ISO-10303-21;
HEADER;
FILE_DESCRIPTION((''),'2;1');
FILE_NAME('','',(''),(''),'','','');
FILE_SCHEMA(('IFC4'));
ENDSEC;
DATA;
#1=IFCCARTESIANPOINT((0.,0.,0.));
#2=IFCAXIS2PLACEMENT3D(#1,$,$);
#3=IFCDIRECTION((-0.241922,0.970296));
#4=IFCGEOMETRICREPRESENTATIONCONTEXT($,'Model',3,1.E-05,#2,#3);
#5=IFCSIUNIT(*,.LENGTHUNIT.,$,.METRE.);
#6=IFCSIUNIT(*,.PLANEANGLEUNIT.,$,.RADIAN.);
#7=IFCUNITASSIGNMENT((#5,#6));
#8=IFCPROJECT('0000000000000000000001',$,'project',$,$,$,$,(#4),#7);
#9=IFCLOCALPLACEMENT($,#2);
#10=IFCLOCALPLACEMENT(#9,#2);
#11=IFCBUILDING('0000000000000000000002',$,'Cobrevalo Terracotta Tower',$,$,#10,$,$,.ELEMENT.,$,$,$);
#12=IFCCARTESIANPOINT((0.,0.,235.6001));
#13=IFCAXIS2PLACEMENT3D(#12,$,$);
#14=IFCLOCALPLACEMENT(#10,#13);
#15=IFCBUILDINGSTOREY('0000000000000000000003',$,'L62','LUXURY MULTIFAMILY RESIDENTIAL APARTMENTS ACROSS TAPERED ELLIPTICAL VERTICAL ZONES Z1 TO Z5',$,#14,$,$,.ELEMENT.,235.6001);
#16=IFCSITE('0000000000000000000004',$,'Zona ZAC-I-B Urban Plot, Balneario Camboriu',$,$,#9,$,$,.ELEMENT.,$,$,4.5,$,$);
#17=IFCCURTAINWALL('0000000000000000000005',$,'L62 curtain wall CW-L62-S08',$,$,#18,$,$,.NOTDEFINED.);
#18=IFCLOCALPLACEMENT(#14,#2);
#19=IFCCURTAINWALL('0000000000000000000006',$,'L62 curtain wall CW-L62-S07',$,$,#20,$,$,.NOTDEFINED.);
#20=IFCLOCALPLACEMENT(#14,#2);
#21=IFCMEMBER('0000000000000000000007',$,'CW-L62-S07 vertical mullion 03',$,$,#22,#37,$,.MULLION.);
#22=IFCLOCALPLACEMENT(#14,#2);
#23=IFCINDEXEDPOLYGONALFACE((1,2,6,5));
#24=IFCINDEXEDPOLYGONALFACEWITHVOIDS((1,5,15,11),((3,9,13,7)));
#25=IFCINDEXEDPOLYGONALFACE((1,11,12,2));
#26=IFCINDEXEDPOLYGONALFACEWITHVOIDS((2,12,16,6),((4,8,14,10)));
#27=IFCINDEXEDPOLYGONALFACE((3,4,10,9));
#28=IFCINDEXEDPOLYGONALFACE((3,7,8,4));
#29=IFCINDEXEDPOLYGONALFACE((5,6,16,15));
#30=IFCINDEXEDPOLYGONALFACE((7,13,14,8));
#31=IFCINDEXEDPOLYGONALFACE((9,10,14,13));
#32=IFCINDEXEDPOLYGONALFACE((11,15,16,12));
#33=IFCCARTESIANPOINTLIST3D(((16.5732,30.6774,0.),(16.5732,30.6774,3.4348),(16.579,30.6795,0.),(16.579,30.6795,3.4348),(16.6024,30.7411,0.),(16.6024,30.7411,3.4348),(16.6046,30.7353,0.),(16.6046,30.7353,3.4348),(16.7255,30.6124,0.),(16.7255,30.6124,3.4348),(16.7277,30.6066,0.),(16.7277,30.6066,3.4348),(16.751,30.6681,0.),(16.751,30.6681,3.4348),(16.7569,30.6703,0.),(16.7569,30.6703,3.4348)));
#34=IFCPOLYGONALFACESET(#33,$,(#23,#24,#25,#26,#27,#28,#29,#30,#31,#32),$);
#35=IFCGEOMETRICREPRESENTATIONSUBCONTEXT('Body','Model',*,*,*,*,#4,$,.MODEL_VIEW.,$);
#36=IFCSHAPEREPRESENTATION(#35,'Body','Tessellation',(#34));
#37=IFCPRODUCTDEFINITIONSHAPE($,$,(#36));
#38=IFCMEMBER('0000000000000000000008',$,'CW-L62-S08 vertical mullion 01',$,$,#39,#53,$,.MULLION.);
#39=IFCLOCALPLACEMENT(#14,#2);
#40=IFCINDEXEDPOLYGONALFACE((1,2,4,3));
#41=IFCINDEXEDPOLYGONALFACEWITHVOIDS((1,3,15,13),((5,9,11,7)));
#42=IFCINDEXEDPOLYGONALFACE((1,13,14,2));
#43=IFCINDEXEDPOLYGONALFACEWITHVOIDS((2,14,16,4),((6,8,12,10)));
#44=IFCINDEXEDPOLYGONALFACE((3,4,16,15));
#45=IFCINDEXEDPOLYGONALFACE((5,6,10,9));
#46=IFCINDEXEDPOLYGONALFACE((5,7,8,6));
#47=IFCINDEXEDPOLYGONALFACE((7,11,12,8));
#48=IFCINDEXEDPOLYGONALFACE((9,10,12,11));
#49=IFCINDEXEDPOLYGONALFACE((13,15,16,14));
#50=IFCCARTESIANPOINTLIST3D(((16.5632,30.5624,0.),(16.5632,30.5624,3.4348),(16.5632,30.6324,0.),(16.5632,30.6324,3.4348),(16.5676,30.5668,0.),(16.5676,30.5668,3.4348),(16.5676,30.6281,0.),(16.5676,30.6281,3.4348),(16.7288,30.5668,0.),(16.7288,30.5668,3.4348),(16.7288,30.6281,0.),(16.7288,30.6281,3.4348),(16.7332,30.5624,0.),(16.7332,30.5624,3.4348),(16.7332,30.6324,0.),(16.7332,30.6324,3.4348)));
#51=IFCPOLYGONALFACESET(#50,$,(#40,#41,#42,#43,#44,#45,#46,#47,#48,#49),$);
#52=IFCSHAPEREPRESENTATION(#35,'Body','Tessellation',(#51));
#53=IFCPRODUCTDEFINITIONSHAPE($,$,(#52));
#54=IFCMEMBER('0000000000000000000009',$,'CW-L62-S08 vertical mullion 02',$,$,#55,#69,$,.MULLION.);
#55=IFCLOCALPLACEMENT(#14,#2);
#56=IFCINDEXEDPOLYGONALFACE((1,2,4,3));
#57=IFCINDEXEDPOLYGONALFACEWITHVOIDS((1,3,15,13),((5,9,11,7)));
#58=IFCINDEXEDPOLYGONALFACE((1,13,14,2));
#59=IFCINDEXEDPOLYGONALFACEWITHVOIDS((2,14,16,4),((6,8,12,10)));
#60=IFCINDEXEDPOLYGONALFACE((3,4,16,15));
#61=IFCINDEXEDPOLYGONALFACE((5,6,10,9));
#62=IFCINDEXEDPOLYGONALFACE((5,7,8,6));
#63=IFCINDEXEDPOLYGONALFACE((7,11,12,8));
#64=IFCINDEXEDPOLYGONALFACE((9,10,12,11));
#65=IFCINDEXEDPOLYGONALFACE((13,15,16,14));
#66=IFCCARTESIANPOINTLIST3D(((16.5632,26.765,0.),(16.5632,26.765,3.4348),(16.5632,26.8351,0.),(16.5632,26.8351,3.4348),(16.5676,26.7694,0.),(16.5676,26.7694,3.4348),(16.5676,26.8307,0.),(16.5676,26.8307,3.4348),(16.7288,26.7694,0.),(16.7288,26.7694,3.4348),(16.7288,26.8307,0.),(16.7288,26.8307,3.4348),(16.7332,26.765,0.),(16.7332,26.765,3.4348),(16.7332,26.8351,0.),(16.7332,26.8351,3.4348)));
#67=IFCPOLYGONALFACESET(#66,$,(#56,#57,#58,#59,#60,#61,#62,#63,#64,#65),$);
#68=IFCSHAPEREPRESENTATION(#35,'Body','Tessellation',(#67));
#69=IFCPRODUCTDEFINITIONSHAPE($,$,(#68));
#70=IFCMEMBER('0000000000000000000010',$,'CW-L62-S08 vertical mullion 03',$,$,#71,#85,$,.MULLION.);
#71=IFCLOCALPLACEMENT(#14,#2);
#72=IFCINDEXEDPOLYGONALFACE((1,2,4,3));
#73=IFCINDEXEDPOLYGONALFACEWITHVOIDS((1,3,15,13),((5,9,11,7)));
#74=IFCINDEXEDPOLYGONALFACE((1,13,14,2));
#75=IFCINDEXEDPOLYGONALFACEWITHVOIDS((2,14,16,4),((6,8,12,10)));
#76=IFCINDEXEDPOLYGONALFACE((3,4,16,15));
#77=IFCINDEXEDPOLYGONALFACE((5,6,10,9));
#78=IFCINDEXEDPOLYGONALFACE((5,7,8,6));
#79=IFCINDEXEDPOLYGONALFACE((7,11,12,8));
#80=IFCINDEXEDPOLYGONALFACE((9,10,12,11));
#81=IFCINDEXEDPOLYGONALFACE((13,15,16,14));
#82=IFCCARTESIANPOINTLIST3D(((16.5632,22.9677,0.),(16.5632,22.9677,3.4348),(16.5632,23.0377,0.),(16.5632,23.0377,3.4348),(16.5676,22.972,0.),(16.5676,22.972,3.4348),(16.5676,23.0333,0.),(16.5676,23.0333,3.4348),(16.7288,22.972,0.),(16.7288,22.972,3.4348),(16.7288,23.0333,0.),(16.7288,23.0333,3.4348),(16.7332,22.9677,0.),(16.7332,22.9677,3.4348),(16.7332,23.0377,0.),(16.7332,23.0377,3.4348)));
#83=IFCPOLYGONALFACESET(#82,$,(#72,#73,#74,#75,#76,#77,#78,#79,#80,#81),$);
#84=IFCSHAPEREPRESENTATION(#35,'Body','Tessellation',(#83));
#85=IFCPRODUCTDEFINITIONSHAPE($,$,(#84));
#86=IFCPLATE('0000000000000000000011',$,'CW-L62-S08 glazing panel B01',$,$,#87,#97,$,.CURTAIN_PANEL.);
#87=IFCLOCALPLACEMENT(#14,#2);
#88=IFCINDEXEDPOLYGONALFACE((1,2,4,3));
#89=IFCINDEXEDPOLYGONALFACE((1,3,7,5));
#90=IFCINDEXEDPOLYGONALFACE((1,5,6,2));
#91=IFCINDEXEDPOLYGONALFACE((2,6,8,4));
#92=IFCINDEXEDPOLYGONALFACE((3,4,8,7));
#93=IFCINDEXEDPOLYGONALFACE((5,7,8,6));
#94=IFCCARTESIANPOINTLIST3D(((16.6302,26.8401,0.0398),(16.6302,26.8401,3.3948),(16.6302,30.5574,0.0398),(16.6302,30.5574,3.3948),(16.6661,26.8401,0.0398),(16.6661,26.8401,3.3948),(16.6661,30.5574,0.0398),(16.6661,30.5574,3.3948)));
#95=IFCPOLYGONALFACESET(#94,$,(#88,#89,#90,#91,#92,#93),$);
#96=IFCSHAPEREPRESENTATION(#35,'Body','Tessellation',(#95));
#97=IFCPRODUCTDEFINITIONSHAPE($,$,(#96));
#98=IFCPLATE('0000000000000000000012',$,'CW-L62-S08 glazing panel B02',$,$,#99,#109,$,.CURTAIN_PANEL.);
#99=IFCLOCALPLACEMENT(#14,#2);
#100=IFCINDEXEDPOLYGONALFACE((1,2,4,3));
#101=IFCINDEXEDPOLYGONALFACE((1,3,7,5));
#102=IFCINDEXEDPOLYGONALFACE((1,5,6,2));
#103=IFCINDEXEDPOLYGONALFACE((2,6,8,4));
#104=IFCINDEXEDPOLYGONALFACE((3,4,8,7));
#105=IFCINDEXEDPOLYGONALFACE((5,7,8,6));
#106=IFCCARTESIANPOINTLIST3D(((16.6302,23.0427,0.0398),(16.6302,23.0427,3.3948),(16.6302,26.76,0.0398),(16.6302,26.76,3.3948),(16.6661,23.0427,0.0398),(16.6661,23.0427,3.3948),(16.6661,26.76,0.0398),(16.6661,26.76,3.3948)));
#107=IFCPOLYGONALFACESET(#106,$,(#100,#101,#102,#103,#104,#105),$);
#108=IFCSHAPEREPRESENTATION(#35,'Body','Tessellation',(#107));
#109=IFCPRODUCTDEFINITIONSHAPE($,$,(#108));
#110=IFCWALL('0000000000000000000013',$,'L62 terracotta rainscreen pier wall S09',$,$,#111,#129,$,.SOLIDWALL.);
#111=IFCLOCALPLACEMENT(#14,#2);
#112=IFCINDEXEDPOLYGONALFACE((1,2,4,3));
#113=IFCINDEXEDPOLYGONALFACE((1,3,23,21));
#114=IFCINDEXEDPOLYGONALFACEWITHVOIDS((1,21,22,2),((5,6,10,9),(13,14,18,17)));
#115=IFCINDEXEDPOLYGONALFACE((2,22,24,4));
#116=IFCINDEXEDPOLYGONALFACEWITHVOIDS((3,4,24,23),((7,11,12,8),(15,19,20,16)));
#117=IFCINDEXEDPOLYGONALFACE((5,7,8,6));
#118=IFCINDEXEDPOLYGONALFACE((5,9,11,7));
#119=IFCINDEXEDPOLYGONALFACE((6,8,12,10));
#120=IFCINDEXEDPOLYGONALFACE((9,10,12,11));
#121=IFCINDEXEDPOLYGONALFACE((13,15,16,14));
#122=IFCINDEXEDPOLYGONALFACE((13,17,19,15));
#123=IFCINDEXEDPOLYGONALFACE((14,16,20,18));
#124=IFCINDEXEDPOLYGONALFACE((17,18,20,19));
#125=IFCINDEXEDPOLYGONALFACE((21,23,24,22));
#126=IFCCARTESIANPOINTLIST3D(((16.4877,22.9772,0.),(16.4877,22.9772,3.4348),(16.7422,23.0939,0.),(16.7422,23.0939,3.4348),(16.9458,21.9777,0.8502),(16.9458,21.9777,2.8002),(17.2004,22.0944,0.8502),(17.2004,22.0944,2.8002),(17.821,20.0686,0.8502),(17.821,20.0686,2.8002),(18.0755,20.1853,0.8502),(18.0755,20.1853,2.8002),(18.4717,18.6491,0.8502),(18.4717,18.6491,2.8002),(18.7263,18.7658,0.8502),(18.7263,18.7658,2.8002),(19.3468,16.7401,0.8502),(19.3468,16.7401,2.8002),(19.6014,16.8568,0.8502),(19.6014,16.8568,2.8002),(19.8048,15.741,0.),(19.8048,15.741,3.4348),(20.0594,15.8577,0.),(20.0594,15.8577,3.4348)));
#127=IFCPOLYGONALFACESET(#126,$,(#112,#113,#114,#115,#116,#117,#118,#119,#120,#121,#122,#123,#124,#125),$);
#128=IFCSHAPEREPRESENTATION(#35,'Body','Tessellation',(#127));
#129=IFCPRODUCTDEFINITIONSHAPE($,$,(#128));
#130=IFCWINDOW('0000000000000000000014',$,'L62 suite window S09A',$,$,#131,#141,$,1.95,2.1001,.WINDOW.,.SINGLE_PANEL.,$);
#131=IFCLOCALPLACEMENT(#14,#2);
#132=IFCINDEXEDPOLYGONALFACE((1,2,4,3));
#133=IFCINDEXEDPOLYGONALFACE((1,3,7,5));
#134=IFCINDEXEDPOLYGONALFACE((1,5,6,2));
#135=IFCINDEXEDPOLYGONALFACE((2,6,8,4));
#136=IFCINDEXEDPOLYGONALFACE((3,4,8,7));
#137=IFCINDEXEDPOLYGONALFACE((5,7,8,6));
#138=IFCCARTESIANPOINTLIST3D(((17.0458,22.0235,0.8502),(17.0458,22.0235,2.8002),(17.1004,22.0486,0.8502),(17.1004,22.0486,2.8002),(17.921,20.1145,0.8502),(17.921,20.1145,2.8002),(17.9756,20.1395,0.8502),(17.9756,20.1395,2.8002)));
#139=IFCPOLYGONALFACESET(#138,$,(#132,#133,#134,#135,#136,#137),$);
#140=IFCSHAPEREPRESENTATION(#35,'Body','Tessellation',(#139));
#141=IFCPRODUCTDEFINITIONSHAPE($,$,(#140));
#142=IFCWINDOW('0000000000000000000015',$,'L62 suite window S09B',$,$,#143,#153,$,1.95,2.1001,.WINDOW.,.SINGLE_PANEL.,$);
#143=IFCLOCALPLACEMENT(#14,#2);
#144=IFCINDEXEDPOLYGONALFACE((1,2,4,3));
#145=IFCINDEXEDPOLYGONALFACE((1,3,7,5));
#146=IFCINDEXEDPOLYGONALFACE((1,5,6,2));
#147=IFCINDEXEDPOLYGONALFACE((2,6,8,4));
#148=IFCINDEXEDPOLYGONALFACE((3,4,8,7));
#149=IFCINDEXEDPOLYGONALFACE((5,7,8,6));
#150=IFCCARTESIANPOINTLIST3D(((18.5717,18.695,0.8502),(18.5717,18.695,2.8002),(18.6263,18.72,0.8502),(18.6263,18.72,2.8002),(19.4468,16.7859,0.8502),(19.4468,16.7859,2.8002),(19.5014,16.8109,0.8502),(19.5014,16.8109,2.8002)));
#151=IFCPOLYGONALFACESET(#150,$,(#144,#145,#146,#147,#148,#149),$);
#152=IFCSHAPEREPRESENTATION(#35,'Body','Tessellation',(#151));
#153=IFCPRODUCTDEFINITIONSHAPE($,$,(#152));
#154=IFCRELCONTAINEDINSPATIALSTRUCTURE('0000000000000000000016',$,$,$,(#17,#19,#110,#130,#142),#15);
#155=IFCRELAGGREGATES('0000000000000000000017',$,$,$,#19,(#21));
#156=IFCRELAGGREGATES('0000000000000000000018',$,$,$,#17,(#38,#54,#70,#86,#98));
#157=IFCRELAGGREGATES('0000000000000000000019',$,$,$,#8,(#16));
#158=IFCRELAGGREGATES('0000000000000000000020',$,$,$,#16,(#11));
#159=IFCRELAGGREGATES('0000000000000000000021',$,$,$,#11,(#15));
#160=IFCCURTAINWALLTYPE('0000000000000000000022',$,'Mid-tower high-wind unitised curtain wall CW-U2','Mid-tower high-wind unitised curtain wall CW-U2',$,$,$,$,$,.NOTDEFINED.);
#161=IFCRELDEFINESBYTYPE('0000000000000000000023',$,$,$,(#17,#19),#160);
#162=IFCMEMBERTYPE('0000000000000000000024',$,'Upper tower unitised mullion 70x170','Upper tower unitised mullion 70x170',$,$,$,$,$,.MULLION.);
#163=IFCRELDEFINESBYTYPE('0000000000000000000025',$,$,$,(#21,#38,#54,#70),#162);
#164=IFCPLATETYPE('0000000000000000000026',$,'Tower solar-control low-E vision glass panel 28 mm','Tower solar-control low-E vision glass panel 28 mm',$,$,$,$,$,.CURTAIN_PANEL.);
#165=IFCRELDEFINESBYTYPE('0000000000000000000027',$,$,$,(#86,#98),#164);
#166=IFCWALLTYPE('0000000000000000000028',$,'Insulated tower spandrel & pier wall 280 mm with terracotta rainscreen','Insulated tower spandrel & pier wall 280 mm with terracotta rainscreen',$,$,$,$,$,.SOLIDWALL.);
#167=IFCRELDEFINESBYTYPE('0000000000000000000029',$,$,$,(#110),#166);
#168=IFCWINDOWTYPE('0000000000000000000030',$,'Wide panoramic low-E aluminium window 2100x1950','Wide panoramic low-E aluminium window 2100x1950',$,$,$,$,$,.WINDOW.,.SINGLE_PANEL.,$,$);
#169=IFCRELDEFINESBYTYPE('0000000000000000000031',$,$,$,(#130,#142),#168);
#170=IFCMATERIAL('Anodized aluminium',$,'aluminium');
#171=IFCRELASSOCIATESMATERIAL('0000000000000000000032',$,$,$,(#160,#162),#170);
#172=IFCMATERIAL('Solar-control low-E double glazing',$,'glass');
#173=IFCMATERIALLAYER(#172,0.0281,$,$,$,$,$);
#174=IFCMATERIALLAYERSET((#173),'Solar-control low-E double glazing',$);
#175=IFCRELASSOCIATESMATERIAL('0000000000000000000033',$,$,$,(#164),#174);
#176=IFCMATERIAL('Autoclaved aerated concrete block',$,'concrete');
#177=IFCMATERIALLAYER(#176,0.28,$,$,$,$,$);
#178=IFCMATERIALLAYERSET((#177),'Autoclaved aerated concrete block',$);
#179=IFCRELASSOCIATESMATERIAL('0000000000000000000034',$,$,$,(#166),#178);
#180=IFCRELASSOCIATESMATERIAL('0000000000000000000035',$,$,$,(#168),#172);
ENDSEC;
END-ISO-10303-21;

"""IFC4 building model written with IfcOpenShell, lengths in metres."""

from ifc_helpers import new_model, si_unit, direction, frame, frame_2d, origin, origin_2d, place, context, subcontext, project, spatial, rectangle, hollow_rectangle, extrude, source, transform, mapped, material, layer, layer_set, material_profile, profile_set, type_object, element, fill, aggregate, save


model = new_model("IFC4")

# Units and contexts
model_context = context("Model", 3, precision=1e-05, world=origin(), true_north=direction((-0.241922, 0.970296)))
body_context = subcontext(model_context, "Body", "Model", "MODEL_VIEW")
ifc_project = project(units=[si_unit("LENGTHUNIT", "METRE"), si_unit("PLANEANGLEUNIT", "RADIAN")], contexts=[model_context])

# Site, building, storey
site_placement = place(None, origin())
site = spatial("IfcSite", under=ifc_project, at=site_placement, Name="Zona ZAC-I-B Urban Plot, Balneario Camboriu", CompositionType="ELEMENT", RefElevation=4.5)
building_placement = place(site_placement, origin())
building = spatial("IfcBuilding", under=site, at=building_placement, Name="Cobrevalo Terracotta Tower", CompositionType="ELEMENT")
storey_placement = place(building_placement, frame((0.0, 0.0, 235.6001)))
storey = spatial("IfcBuildingStorey", under=building, at=storey_placement, Name="L62", Description="LUXURY MULTIFAMILY RESIDENTIAL APARTMENTS ACROSS TAPERED ELLIPTICAL VERTICAL ZONES Z1 TO Z5", CompositionType="ELEMENT", Elevation=235.6001)

# Curtain wall
ifc_material_1 = material(Name="Anodized aluminium", Category="aluminium")
curtain_wall_type = type_object("IfcCurtainWallType", Name="Mid-tower high-wind unitised curtain wall CW-U2", Description="Mid-tower high-wind unitised curtain wall CW-U2", PredefinedType="NOTDEFINED", material=ifc_material_1)
curtain_wall_1_placement = place(storey_placement, origin())
curtain_wall_1 = element("IfcCurtainWall", 1, at=curtain_wall_1_placement, inside=storey, type_object=curtain_wall_type, Name="L62 curtain wall CW-L62-S08", PredefinedType="NOTDEFINED")

# Curtain wall, member
curtain_wall_2_placement = place(storey_placement, origin())
curtain_wall_2 = element("IfcCurtainWall", 2, at=curtain_wall_2_placement, inside=storey, type_object=curtain_wall_type, Name="L62 curtain wall CW-L62-S07", PredefinedType="NOTDEFINED")
ifc_material_profile_1 = material_profile(ifc_material_1, hollow_rectangle(XDim=0.0701, YDim=0.1699, WallThickness=0.0044, at=origin_2d()), Name="CWM 70x170")
ifc_profile_set_1 = profile_set([ifc_material_profile_1], Name="Anodized aluminium")
member_type_1 = type_object("IfcMemberType", Name="Upper tower unitised mullion 70x170", Description="Upper tower unitised mullion 70x170", PredefinedType="MULLION", material=ifc_profile_set_1)
shared_shape_1 = source(origin(), body_context, "Body", "SweptSolid", [
    extrude(hollow_rectangle(XDim=0.0701, YDim=0.1699, WallThickness=0.0044, at=origin_2d()), origin(), (0.0, 0.0, 1.0), 3.4348),
])
member_1_placement = place(storey_placement, frame((16.665, 30.6738, 0.0), z_axis=(0.0, 0.0, 1.0), x_axis=(-0.416725, -0.909033, 0.0)))
member_1 = element("IfcMember", 3, at=member_1_placement, type_object=member_type_1, Name="CW-L62-S07 vertical mullion 03", PredefinedType="MULLION", context=body_context, shape_type="MappedRepresentation", body=[
    mapped(shared_shape_1, transform((0.0, 0.0, 0.0), scale=1.0)),
])
aggregate(curtain_wall_2, [member_1])

# Members
member_2_placement = place(storey_placement, frame((16.6482, 30.5974, 0.0), z_axis=(0.0, 0.0, 1.0), x_axis=(0.0, -1.0, 0.0)))
member_2 = element("IfcMember", 4, at=member_2_placement, type_object=member_type_1, Name="CW-L62-S08 vertical mullion 01", PredefinedType="MULLION", context=body_context, shape_type="MappedRepresentation", body=[
    mapped(shared_shape_1, transform((0.0, 0.0, 0.0), scale=1.0)),
])
member_3_placement = place(storey_placement, frame((16.6482, 26.8, 0.0), z_axis=(0.0, 0.0, 1.0), x_axis=(0.0, -1.0, 0.0)))
member_3 = element("IfcMember", 5, at=member_3_placement, type_object=member_type_1, Name="CW-L62-S08 vertical mullion 02", PredefinedType="MULLION", context=body_context, shape_type="MappedRepresentation", body=[
    mapped(shared_shape_1, transform((0.0, 0.0, 0.0), scale=1.0)),
])
member_4_placement = place(storey_placement, frame((16.6482, 23.0027, 0.0), z_axis=(0.0, 0.0, 1.0), x_axis=(0.0, -1.0, 0.0)))
member_4 = element("IfcMember", 6, at=member_4_placement, type_object=member_type_1, Name="CW-L62-S08 vertical mullion 03", PredefinedType="MULLION", context=body_context, shape_type="MappedRepresentation", body=[
    mapped(shared_shape_1, transform((0.0, 0.0, 0.0), scale=1.0)),
])

# Plates
ifc_material_2 = material(Name="Solar-control low-E double glazing", Category="glass")
ifc_layer_1 = layer(ifc_material_2, 0.0281)
ifc_layer_set_1 = layer_set([ifc_layer_1], Name="Solar-control low-E double glazing")
plate_type = type_object("IfcPlateType", Name="Tower solar-control low-E vision glass panel 28 mm", Description="Tower solar-control low-E vision glass panel 28 mm", PredefinedType="CURTAIN_PANEL", material=ifc_layer_set_1)
shared_shape_2 = source(origin(), body_context, "Body", "SweptSolid", [
    extrude(rectangle(XDim=3.7173, YDim=0.0359, at=origin_2d()), origin(), (0.0, 0.0, 1.0), 3.355),
])
plate_1_placement = place(storey_placement, frame((16.6482, 28.6987, 0.0398), z_axis=(0.0, 0.0, 1.0), x_axis=(0.0, -1.0, 0.0)))
plate_1 = element("IfcPlate", 7, at=plate_1_placement, type_object=plate_type, Name="CW-L62-S08 glazing panel B01", PredefinedType="CURTAIN_PANEL", context=body_context, shape_type="MappedRepresentation", body=[
    mapped(shared_shape_2, transform((0.0, 0.0, 0.0), scale=1.0)),
])
plate_2_placement = place(storey_placement, frame((16.6482, 24.9014, 0.0398), z_axis=(0.0, 0.0, 1.0), x_axis=(0.0, -1.0, 0.0)))
plate_2 = element("IfcPlate", 8, at=plate_2_placement, type_object=plate_type, Name="CW-L62-S08 glazing panel B02", PredefinedType="CURTAIN_PANEL", context=body_context, shape_type="MappedRepresentation", body=[
    mapped(shared_shape_2, transform((0.0, 0.0, 0.0), scale=1.0)),
])
aggregate(curtain_wall_1, [member_2, member_3, member_4, plate_1, plate_2])

# Wall, openings, windows
ifc_material_3 = material(Name="Autoclaved aerated concrete block", Category="concrete")
ifc_layer_2 = layer(ifc_material_3, 0.28)
ifc_layer_set_2 = layer_set([ifc_layer_2], Name="Autoclaved aerated concrete block")
wall_type = type_object("IfcWallType", Name="Insulated tower spandrel & pier wall 280 mm with terracotta rainscreen", Description="Insulated tower spandrel & pier wall 280 mm with terracotta rainscreen", PredefinedType="SOLIDWALL", material=ifc_layer_set_2)
wall_placement = place(storey_placement, frame((16.615, 23.0354, 0.0), z_axis=(0.0, 0.0, 1.0), x_axis=(0.416717, -0.909036, 0.0)))
wall = element("IfcWall", 9, at=wall_placement, inside=storey, type_object=wall_type, Name="L62 terracotta rainscreen pier wall S09", PredefinedType="SOLIDWALL", context=body_context, shape_type="SweptSolid", body=[
    extrude(rectangle(XDim=7.9602, YDim=0.28, at=frame_2d((3.98, 0.0))), origin(), (0.0, 0.0, 1.0), 3.4348),
])
opening_1_placement = place(wall_placement, frame((1.0994, 0.0, 0.8501)))
opening_1 = element("IfcOpeningElement", 10, at=opening_1_placement, cuts=wall, PredefinedType="OPENING", context=body_context, shape_type="SweptSolid", body=[
    extrude(rectangle(XDim=2.1001, YDim=1.95, at=frame_2d((1.05, 0.9751))), frame((0.0, 0.1499, 0.0), z_axis=(0.0, -1.0, 0.0), x_axis=(1.0, 0.0, 0.0)), (0.0, 0.0, 1.0), 0.3),
])
opening_2_placement = place(wall_placement, frame((4.761, 0.0, 0.8501)))
opening_2 = element("IfcOpeningElement", 11, at=opening_2_placement, cuts=wall, PredefinedType="OPENING", context=body_context, shape_type="SweptSolid", body=[
    extrude(rectangle(XDim=2.1001, YDim=1.95, at=frame_2d((1.05, 0.9751))), frame((0.0, 0.1499, 0.0), z_axis=(0.0, -1.0, 0.0), x_axis=(1.0, 0.0, 0.0)), (0.0, 0.0, 1.0), 0.3),
])
window_type = type_object("IfcWindowType", Name="Wide panoramic low-E aluminium window 2100x1950", Description="Wide panoramic low-E aluminium window 2100x1950", PartitioningType="SINGLE_PANEL", PredefinedType="WINDOW", material=ifc_material_2)
shared_shape_3 = source(origin(), body_context, "Body", "SweptSolid", [
    extrude(rectangle(XDim=2.1001, YDim=1.95, at=frame_2d((1.05, 0.9751))), frame((0.0, 0.03, 0.0), z_axis=(0.0, -1.0, 0.0), x_axis=(1.0, 0.0, 0.0)), (0.0, 0.0, 1.0), 0.0601),
])
window_1_placement = place(opening_1_placement, origin())
window_1 = element("IfcWindow", 12, at=window_1_placement, inside=storey, type_object=window_type, Name="L62 suite window S09A", OverallHeight=1.95, OverallWidth=2.1001, PartitioningType="SINGLE_PANEL", PredefinedType="WINDOW", context=body_context, shape_type="MappedRepresentation", body=[
    mapped(shared_shape_3, transform((0.0, 0.0, 0.0), scale=1.0)),
])
fill(opening_1, window_1)
window_2_placement = place(opening_2_placement, origin())
window_2 = element("IfcWindow", 13, at=window_2_placement, inside=storey, type_object=window_type, Name="L62 suite window S09B", OverallHeight=1.95, OverallWidth=2.1001, PartitioningType="SINGLE_PANEL", PredefinedType="WINDOW", context=body_context, shape_type="MappedRepresentation", body=[
    mapped(shared_shape_3, transform((0.0, 0.0, 0.0), scale=1.0)),
])
fill(opening_2, window_2)

save(model, "model.ifc")
